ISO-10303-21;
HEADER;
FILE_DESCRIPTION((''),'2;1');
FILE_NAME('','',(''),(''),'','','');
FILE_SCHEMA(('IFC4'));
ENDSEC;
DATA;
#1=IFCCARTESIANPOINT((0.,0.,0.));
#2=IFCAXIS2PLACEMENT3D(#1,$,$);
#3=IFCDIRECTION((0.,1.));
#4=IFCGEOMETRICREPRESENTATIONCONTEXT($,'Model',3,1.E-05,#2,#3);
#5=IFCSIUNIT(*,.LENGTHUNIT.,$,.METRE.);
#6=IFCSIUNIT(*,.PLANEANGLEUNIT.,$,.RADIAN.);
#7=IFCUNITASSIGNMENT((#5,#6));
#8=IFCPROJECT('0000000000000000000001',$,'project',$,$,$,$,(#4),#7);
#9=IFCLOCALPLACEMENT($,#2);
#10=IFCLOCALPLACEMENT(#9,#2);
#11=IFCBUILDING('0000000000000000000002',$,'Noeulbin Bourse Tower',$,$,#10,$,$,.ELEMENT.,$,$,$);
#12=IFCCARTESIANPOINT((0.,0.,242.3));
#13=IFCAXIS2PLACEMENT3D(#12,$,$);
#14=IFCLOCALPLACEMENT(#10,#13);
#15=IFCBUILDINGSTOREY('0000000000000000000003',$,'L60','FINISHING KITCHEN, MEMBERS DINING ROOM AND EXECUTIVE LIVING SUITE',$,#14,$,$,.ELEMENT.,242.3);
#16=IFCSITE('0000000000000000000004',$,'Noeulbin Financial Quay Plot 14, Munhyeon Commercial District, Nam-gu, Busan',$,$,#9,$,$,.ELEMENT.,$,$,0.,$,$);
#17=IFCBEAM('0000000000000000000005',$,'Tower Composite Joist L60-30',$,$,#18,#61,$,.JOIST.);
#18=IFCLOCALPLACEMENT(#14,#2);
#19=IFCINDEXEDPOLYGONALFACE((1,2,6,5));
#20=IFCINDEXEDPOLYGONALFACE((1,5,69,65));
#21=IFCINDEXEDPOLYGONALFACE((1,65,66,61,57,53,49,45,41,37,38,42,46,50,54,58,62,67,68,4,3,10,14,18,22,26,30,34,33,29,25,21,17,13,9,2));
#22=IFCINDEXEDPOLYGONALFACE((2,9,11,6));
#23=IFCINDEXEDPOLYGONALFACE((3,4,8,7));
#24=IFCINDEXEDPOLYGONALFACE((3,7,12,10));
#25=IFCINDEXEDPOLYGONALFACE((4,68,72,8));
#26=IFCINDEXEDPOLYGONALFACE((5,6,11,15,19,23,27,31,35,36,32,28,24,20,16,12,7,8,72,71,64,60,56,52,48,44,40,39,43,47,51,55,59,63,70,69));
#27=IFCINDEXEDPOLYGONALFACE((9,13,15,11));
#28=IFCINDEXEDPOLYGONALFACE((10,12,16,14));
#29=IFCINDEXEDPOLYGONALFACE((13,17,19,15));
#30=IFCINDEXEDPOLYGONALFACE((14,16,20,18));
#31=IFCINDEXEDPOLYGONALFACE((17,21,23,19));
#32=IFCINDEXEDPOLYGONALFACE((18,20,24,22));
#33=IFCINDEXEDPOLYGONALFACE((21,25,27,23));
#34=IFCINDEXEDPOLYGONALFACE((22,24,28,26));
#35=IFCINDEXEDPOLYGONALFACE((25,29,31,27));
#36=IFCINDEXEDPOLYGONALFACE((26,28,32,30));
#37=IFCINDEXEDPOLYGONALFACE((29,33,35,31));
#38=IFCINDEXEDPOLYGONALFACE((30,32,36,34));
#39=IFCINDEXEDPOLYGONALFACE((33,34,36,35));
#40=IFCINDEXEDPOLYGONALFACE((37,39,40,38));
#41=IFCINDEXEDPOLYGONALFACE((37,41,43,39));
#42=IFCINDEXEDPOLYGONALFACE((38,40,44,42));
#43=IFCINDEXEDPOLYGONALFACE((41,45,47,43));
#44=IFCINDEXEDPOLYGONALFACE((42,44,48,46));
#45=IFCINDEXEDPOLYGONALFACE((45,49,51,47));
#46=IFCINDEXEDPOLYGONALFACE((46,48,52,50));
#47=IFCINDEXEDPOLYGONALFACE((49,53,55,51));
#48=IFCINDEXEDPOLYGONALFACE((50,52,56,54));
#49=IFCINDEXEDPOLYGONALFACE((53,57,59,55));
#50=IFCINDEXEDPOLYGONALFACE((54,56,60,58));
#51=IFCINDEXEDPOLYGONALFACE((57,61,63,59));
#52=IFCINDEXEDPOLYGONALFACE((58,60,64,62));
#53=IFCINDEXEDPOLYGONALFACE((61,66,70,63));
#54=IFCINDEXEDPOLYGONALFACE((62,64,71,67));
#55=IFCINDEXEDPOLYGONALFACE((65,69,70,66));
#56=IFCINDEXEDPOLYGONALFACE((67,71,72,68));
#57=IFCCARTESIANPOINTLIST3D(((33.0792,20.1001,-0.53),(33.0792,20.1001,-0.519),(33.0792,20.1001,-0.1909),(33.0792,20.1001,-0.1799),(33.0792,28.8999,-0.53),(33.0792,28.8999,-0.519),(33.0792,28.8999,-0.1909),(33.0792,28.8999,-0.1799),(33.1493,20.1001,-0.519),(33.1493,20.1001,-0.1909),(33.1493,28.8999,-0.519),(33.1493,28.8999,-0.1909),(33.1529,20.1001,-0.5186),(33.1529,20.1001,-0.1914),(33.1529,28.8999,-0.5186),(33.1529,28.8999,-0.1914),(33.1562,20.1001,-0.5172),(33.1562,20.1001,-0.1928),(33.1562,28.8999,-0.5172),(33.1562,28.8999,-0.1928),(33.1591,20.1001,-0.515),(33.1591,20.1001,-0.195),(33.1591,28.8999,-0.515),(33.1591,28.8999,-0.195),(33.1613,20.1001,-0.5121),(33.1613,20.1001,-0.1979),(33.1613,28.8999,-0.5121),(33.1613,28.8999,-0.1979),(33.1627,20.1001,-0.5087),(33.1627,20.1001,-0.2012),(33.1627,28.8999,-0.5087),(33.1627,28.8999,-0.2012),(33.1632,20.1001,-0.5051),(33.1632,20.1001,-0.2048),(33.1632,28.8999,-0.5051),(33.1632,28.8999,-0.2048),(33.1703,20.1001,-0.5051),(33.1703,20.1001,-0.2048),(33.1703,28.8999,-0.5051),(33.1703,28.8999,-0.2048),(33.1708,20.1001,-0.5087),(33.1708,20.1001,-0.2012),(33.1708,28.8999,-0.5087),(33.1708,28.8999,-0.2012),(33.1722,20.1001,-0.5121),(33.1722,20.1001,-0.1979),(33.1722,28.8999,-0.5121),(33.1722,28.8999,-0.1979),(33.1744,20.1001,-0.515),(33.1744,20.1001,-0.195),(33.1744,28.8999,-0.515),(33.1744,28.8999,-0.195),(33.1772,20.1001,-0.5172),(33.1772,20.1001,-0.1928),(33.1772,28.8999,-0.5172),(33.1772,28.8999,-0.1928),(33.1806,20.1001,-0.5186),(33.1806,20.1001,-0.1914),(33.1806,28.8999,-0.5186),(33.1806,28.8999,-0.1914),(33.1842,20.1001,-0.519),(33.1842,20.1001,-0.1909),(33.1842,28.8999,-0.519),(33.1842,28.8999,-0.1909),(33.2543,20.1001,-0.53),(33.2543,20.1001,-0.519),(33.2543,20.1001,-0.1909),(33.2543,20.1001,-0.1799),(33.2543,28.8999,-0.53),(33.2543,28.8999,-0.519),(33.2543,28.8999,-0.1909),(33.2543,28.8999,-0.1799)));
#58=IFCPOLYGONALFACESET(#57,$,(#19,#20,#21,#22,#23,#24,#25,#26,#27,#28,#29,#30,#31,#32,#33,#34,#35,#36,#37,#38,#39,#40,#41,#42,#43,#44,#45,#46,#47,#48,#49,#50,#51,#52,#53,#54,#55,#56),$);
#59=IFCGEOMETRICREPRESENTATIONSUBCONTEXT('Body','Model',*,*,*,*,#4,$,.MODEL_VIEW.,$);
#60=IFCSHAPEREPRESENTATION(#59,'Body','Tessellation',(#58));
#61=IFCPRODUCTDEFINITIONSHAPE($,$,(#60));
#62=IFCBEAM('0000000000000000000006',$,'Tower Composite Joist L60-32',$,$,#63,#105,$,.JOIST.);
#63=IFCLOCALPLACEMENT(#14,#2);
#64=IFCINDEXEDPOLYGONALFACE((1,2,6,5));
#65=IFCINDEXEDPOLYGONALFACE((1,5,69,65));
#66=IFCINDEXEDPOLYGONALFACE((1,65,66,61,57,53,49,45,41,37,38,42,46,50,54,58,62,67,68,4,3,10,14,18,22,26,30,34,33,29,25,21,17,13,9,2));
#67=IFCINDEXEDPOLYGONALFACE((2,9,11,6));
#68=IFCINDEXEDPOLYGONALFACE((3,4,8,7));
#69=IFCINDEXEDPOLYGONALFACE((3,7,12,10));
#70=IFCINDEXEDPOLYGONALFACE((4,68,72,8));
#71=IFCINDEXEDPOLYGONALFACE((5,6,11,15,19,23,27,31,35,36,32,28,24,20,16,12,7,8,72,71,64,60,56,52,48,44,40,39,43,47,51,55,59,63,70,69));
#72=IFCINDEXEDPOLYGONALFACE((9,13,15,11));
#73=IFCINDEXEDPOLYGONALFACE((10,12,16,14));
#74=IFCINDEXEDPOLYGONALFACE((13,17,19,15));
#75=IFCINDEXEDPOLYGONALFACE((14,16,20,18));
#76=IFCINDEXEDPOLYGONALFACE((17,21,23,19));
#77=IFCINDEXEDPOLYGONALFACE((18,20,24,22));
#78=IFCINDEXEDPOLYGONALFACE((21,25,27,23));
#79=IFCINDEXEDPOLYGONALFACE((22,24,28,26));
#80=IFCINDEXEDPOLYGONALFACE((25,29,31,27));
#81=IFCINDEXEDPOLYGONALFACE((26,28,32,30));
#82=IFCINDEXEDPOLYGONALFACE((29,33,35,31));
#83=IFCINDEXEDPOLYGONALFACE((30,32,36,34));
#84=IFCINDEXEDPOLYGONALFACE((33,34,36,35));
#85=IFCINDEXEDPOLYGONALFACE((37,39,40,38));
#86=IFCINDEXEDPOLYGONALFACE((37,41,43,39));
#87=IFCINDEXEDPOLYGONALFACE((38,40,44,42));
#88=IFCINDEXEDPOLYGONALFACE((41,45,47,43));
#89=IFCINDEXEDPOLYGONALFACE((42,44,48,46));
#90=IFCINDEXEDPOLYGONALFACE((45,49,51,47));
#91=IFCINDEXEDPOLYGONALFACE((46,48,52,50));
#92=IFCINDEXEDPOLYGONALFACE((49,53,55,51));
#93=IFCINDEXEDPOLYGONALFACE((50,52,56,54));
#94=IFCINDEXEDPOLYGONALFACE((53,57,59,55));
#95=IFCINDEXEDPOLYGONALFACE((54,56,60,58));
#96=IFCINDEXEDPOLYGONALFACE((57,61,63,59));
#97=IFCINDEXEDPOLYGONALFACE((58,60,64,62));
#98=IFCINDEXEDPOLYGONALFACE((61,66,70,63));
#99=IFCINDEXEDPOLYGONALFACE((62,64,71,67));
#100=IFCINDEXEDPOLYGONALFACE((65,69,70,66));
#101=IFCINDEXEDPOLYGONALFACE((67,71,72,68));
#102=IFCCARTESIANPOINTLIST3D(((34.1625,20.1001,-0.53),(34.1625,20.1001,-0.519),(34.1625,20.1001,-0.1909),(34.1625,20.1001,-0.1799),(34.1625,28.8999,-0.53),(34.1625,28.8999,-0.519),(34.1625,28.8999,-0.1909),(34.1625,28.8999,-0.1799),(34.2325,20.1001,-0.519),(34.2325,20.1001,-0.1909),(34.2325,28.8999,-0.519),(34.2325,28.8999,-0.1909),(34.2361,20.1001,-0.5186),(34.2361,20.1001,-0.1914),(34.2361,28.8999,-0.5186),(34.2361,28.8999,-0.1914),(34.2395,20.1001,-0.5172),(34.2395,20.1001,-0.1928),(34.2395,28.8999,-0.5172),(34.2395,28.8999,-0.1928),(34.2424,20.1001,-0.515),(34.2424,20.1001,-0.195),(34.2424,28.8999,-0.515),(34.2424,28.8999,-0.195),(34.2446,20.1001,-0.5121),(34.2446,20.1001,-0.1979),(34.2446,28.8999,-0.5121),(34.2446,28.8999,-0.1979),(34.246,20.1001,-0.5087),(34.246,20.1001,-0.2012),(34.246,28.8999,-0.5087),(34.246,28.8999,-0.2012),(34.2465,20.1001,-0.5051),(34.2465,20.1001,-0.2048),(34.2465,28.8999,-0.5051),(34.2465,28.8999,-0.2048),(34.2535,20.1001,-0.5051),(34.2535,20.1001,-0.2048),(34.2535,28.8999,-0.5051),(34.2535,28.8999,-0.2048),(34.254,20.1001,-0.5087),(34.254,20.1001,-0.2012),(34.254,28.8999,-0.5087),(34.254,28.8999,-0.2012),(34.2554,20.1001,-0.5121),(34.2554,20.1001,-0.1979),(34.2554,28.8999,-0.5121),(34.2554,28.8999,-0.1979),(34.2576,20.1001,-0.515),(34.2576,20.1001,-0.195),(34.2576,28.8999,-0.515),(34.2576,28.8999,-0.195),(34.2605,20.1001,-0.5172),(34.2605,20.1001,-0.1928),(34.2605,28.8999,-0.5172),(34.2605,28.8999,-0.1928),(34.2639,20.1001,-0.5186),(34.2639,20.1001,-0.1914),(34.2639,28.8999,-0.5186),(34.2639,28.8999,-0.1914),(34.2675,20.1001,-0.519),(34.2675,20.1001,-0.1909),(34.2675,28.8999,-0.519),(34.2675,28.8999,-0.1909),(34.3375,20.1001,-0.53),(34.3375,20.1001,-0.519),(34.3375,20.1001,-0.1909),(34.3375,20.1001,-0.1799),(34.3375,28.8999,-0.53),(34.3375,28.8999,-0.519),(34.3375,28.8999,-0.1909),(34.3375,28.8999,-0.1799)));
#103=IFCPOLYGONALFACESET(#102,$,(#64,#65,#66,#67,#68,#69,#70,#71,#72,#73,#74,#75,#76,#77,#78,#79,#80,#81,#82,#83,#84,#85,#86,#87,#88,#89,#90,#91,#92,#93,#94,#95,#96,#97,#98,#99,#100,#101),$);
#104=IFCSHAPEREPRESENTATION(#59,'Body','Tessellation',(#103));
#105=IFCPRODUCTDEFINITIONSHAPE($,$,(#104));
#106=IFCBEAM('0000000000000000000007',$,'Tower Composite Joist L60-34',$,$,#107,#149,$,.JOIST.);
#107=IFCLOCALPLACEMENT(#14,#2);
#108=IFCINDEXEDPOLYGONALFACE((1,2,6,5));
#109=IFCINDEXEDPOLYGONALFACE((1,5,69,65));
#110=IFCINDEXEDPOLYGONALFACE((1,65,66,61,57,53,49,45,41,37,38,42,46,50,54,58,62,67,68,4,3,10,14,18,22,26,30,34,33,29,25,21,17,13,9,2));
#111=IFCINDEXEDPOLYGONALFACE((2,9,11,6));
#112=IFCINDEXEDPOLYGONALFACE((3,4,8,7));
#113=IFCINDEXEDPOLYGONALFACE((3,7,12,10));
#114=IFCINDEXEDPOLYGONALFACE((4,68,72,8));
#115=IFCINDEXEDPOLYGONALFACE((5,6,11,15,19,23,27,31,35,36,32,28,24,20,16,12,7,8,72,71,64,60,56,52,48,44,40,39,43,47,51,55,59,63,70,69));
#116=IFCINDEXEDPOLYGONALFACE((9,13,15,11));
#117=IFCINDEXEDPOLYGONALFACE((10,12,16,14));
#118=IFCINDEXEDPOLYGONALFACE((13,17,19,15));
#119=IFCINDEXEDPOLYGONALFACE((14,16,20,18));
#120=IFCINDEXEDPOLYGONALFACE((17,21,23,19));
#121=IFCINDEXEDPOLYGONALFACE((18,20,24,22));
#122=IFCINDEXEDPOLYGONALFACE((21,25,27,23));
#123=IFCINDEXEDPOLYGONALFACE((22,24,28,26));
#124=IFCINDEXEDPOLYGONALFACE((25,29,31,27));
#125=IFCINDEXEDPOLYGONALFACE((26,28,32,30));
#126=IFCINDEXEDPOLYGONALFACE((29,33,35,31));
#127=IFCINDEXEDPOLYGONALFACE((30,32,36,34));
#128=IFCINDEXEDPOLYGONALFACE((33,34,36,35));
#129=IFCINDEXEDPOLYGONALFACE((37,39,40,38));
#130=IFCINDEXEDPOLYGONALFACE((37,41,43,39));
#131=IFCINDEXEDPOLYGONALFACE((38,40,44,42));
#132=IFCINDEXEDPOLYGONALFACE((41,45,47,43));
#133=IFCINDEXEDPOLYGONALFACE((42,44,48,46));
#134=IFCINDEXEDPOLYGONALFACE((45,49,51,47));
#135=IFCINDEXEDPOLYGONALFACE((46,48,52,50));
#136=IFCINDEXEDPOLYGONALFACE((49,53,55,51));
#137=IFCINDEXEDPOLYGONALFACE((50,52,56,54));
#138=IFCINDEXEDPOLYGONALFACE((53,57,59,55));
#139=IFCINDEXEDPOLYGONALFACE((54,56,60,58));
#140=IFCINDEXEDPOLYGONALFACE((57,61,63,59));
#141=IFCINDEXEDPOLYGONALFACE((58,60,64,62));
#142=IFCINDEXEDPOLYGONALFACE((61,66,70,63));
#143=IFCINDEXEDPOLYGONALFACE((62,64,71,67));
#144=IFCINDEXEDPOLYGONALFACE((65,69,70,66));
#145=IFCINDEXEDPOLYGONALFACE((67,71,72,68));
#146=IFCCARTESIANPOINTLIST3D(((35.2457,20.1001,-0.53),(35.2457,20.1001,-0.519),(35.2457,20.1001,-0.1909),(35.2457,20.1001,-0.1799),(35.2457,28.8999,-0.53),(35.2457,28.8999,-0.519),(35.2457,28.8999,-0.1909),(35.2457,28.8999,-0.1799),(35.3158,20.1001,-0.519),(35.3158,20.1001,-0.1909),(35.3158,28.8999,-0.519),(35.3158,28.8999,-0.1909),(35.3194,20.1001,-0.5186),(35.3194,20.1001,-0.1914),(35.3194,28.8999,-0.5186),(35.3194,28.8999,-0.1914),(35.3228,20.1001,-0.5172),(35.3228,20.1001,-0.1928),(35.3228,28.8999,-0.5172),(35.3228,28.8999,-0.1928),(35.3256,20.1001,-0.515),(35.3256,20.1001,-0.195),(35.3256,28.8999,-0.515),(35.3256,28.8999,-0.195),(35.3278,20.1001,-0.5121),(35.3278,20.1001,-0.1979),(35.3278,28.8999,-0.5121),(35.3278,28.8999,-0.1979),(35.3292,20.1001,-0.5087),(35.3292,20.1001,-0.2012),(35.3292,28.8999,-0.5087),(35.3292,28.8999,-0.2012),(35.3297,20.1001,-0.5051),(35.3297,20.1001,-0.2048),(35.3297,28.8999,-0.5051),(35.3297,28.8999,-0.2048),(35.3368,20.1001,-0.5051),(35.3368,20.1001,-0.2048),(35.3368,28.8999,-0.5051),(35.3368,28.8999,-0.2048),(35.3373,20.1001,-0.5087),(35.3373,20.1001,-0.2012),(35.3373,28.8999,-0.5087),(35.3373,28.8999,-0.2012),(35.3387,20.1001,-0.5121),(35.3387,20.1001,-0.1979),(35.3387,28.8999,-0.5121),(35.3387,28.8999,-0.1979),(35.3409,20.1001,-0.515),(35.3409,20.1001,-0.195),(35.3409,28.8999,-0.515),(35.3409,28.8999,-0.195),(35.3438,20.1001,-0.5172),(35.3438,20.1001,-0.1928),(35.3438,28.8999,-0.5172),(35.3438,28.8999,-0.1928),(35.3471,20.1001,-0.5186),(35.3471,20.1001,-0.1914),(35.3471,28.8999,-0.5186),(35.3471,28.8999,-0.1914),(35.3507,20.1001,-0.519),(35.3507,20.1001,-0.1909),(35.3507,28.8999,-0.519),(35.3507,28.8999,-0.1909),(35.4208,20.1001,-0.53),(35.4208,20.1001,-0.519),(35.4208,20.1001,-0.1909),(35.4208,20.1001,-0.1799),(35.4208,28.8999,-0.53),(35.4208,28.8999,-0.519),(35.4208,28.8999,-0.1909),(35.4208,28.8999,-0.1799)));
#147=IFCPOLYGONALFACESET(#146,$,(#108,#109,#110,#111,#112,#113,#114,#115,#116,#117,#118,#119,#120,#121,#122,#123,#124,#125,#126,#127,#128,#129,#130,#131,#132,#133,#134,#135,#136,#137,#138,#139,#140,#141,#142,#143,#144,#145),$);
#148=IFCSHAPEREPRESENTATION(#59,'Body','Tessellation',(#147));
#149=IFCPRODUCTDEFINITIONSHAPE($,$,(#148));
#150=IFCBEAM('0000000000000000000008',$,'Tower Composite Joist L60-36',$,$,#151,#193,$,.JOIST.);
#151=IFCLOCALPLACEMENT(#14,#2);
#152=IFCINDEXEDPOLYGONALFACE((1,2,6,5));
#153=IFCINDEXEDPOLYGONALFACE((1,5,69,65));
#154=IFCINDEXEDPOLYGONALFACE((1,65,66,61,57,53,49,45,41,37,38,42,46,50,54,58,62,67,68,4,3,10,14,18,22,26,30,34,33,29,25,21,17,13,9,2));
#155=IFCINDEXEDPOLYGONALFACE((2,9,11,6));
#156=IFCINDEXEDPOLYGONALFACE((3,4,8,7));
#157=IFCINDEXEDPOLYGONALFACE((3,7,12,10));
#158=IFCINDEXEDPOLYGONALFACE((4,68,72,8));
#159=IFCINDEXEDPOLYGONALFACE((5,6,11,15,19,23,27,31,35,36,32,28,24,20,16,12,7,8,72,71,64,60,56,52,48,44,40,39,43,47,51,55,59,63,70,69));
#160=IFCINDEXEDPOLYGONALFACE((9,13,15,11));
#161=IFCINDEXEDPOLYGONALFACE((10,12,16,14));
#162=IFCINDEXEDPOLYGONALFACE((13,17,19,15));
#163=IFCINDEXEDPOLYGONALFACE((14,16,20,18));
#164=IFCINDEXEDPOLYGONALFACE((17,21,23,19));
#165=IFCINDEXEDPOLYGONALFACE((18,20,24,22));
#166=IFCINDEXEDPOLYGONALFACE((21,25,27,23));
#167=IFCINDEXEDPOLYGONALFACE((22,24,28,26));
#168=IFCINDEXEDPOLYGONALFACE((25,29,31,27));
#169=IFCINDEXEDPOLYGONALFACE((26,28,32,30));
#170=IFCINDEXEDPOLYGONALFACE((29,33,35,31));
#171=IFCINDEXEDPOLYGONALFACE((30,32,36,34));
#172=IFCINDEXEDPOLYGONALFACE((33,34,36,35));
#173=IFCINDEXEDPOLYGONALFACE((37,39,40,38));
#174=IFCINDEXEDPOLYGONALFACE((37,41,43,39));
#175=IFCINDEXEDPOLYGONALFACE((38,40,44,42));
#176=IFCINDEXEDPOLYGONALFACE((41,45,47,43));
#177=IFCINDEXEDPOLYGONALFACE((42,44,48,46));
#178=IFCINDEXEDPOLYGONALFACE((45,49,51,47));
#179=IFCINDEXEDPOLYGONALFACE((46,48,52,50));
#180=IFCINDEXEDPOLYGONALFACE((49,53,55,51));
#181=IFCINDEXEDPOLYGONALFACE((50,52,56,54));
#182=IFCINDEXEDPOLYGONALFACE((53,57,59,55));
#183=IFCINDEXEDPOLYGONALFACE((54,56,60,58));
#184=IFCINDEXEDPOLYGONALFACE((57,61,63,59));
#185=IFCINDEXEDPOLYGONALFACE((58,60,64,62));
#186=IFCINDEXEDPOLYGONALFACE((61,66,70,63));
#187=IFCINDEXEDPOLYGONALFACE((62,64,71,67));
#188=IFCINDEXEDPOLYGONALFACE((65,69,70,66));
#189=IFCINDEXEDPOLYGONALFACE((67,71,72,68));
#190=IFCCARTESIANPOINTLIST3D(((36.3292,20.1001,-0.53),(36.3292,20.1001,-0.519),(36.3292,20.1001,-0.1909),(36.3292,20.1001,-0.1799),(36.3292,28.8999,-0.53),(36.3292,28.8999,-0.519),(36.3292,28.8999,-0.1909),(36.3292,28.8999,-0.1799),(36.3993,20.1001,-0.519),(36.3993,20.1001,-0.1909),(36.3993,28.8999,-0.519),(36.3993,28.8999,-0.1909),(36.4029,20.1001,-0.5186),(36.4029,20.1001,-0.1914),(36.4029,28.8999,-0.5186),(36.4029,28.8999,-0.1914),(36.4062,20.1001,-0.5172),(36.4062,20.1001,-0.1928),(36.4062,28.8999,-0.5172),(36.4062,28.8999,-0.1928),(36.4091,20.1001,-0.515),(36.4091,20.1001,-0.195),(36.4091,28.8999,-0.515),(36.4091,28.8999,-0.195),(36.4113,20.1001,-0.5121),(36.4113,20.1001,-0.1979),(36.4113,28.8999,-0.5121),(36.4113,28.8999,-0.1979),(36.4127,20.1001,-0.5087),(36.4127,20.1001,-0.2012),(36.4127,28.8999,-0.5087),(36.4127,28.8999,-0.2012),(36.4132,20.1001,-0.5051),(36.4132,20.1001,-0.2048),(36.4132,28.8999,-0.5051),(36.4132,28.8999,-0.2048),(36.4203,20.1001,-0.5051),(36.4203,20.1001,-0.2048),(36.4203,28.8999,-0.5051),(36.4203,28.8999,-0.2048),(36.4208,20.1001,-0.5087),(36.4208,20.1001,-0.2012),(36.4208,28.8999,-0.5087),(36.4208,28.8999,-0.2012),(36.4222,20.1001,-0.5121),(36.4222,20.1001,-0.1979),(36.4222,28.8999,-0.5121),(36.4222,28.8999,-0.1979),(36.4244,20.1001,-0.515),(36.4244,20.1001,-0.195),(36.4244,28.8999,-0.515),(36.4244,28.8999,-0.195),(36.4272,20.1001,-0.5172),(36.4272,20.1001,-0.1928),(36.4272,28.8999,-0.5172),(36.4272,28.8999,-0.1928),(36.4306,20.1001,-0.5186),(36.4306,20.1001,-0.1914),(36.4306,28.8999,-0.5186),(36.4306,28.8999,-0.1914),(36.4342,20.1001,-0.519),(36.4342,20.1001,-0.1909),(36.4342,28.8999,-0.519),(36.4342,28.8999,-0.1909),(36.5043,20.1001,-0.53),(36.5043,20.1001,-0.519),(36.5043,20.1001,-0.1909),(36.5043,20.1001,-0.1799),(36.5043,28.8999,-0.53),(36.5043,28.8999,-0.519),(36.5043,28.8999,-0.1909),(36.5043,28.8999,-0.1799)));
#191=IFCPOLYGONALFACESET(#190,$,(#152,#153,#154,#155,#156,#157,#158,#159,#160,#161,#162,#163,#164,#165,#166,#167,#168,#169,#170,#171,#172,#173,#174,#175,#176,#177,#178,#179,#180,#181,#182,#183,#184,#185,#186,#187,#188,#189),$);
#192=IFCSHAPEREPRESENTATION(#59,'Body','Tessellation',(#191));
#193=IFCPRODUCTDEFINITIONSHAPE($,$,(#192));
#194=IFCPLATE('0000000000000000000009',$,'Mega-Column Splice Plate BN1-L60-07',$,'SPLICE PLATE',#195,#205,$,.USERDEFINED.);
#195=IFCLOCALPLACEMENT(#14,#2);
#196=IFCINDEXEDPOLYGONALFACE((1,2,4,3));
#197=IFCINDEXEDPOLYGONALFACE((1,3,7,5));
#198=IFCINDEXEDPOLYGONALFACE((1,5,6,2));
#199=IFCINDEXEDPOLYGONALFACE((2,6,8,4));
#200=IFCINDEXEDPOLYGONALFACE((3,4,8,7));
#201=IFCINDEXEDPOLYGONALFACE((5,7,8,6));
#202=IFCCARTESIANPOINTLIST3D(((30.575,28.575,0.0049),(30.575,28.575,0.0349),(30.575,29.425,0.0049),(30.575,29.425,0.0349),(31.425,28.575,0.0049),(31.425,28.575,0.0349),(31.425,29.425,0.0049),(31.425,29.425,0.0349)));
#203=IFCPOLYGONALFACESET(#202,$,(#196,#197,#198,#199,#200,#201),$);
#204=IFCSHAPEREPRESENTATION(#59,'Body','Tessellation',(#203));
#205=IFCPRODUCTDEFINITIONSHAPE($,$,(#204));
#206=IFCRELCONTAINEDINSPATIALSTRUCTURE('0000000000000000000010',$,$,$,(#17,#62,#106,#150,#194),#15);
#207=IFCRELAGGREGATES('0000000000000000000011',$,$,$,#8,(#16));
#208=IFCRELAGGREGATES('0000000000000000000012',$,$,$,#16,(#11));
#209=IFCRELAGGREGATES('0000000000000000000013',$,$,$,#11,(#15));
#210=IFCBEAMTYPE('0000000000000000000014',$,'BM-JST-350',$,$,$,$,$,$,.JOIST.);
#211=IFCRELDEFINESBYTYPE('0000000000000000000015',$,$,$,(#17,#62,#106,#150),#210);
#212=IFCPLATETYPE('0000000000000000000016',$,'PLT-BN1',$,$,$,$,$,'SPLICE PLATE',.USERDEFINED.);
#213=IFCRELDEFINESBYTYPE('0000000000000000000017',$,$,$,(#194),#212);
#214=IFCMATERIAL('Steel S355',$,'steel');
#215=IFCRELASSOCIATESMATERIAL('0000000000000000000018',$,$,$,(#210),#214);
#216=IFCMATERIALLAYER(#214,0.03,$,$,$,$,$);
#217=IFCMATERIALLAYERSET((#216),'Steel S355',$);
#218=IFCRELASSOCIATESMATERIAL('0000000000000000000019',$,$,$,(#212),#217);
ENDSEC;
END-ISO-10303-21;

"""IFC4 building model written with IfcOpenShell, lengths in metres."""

from ifc_helpers import new_model, si_unit, direction, frame, origin, origin_2d, place, context, subcontext, project, spatial, rectangle, i_section, extrude, material, layer, layer_set, material_profile, profile_set, type_object, element, save


model = new_model("IFC4")

# Units and contexts
model_context = context("Model", 3, precision=1e-05, world=origin(), true_north=direction((0.0, 1.0)))
body_context = subcontext(model_context, "Body", "Model", "MODEL_VIEW")
ifc_project = project(units=[si_unit("LENGTHUNIT", "METRE"), si_unit("PLANEANGLEUNIT", "RADIAN")], contexts=[model_context])

# Site, building, storey
site_placement = place(None, origin())
site = spatial("IfcSite", under=ifc_project, at=site_placement, Name="Noeulbin Financial Quay Plot 14, Munhyeon Commercial District, Nam-gu, Busan", CompositionType="ELEMENT", RefElevation=0.0)
building_placement = place(site_placement, origin())
building = spatial("IfcBuilding", under=site, at=building_placement, Name="Noeulbin Bourse Tower", CompositionType="ELEMENT")
storey_placement = place(building_placement, frame((0.0, 0.0, 242.3)))
storey = spatial("IfcBuildingStorey", under=building, at=storey_placement, Name="L60", Description="FINISHING KITCHEN, MEMBERS DINING ROOM AND EXECUTIVE LIVING SUITE", CompositionType="ELEMENT", Elevation=242.3)

# Shared definitions
ifc_material_1 = material(Name="Steel S355", Category="steel")

# Beams
ifc_material_profile_1 = material_profile(ifc_material_1, i_section(OverallWidth=0.175, OverallDepth=0.3501, WebThickness=0.0071, FlangeThickness=0.011, FilletRadius=0.0139, at=origin_2d()), Name="H-350x175x7x11", Category="LoadBearing")
ifc_profile_set_1 = profile_set([ifc_material_profile_1], Name="Steel S355")
beam_type = type_object("IfcBeamType", Name="BM-JST-350", PredefinedType="JOIST", material=ifc_profile_set_1)
for number, where, z_axis, x_axis, name in (
    (1, (33.1667, 20.1001, -0.355), (0.0, 1.0, 0.0), (-1.0, 0.0, 0.0), "Tower Composite Joist L60-30"),
    (2, (34.25, 20.1001, -0.355), (0.0, 1.0, 0.0), (-1.0, 0.0, 0.0), "Tower Composite Joist L60-32"),
    (3, (35.3333, 20.1001, -0.355), (0.0, 1.0, 0.0), (-1.0, 0.0, 0.0), "Tower Composite Joist L60-34"),
    (4, (36.4167, 20.1001, -0.355), (0.0, 1.0, 0.0), (-1.0, 0.0, 0.0), "Tower Composite Joist L60-36"),
):
    element("IfcBeam", number, at=place(storey_placement, frame(where, z_axis=z_axis, x_axis=x_axis)), inside=storey, type_object=beam_type, Name=name, PredefinedType="JOIST", context=body_context, shape_type="SweptSolid", body=[
        extrude(i_section(OverallWidth=0.175, OverallDepth=0.3501, WebThickness=0.0071, FlangeThickness=0.011, FilletRadius=0.0139, at=origin_2d()), origin(), (0.0, 0.0, 1.0), 8.7998),
    ])

# Plate
ifc_layer_1 = layer(ifc_material_1, 0.03)
ifc_layer_set_1 = layer_set([ifc_layer_1], Name="Steel S355")
plate_type = type_object("IfcPlateType", Name="PLT-BN1", ElementType="SPLICE PLATE", PredefinedType="USERDEFINED", material=ifc_layer_set_1)
for number, where, z_axis, x_axis, name in (
    (5, (31.0, 29.0, 0.0049), (0.0, 0.0, 1.0), (1.0, 0.0, 0.0), "Mega-Column Splice Plate BN1-L60-07"),
):
    element("IfcPlate", number, at=place(storey_placement, frame(where, z_axis=z_axis, x_axis=x_axis)), inside=storey, type_object=plate_type, Name=name, ObjectType="SPLICE PLATE", PredefinedType="USERDEFINED", context=body_context, shape_type="SweptSolid", body=[
        extrude(rectangle(XDim=0.8501, YDim=0.8501, at=origin_2d()), origin(), (0.0, 0.0, 1.0), 0.03),
    ])

save(model, "model.ifc")
